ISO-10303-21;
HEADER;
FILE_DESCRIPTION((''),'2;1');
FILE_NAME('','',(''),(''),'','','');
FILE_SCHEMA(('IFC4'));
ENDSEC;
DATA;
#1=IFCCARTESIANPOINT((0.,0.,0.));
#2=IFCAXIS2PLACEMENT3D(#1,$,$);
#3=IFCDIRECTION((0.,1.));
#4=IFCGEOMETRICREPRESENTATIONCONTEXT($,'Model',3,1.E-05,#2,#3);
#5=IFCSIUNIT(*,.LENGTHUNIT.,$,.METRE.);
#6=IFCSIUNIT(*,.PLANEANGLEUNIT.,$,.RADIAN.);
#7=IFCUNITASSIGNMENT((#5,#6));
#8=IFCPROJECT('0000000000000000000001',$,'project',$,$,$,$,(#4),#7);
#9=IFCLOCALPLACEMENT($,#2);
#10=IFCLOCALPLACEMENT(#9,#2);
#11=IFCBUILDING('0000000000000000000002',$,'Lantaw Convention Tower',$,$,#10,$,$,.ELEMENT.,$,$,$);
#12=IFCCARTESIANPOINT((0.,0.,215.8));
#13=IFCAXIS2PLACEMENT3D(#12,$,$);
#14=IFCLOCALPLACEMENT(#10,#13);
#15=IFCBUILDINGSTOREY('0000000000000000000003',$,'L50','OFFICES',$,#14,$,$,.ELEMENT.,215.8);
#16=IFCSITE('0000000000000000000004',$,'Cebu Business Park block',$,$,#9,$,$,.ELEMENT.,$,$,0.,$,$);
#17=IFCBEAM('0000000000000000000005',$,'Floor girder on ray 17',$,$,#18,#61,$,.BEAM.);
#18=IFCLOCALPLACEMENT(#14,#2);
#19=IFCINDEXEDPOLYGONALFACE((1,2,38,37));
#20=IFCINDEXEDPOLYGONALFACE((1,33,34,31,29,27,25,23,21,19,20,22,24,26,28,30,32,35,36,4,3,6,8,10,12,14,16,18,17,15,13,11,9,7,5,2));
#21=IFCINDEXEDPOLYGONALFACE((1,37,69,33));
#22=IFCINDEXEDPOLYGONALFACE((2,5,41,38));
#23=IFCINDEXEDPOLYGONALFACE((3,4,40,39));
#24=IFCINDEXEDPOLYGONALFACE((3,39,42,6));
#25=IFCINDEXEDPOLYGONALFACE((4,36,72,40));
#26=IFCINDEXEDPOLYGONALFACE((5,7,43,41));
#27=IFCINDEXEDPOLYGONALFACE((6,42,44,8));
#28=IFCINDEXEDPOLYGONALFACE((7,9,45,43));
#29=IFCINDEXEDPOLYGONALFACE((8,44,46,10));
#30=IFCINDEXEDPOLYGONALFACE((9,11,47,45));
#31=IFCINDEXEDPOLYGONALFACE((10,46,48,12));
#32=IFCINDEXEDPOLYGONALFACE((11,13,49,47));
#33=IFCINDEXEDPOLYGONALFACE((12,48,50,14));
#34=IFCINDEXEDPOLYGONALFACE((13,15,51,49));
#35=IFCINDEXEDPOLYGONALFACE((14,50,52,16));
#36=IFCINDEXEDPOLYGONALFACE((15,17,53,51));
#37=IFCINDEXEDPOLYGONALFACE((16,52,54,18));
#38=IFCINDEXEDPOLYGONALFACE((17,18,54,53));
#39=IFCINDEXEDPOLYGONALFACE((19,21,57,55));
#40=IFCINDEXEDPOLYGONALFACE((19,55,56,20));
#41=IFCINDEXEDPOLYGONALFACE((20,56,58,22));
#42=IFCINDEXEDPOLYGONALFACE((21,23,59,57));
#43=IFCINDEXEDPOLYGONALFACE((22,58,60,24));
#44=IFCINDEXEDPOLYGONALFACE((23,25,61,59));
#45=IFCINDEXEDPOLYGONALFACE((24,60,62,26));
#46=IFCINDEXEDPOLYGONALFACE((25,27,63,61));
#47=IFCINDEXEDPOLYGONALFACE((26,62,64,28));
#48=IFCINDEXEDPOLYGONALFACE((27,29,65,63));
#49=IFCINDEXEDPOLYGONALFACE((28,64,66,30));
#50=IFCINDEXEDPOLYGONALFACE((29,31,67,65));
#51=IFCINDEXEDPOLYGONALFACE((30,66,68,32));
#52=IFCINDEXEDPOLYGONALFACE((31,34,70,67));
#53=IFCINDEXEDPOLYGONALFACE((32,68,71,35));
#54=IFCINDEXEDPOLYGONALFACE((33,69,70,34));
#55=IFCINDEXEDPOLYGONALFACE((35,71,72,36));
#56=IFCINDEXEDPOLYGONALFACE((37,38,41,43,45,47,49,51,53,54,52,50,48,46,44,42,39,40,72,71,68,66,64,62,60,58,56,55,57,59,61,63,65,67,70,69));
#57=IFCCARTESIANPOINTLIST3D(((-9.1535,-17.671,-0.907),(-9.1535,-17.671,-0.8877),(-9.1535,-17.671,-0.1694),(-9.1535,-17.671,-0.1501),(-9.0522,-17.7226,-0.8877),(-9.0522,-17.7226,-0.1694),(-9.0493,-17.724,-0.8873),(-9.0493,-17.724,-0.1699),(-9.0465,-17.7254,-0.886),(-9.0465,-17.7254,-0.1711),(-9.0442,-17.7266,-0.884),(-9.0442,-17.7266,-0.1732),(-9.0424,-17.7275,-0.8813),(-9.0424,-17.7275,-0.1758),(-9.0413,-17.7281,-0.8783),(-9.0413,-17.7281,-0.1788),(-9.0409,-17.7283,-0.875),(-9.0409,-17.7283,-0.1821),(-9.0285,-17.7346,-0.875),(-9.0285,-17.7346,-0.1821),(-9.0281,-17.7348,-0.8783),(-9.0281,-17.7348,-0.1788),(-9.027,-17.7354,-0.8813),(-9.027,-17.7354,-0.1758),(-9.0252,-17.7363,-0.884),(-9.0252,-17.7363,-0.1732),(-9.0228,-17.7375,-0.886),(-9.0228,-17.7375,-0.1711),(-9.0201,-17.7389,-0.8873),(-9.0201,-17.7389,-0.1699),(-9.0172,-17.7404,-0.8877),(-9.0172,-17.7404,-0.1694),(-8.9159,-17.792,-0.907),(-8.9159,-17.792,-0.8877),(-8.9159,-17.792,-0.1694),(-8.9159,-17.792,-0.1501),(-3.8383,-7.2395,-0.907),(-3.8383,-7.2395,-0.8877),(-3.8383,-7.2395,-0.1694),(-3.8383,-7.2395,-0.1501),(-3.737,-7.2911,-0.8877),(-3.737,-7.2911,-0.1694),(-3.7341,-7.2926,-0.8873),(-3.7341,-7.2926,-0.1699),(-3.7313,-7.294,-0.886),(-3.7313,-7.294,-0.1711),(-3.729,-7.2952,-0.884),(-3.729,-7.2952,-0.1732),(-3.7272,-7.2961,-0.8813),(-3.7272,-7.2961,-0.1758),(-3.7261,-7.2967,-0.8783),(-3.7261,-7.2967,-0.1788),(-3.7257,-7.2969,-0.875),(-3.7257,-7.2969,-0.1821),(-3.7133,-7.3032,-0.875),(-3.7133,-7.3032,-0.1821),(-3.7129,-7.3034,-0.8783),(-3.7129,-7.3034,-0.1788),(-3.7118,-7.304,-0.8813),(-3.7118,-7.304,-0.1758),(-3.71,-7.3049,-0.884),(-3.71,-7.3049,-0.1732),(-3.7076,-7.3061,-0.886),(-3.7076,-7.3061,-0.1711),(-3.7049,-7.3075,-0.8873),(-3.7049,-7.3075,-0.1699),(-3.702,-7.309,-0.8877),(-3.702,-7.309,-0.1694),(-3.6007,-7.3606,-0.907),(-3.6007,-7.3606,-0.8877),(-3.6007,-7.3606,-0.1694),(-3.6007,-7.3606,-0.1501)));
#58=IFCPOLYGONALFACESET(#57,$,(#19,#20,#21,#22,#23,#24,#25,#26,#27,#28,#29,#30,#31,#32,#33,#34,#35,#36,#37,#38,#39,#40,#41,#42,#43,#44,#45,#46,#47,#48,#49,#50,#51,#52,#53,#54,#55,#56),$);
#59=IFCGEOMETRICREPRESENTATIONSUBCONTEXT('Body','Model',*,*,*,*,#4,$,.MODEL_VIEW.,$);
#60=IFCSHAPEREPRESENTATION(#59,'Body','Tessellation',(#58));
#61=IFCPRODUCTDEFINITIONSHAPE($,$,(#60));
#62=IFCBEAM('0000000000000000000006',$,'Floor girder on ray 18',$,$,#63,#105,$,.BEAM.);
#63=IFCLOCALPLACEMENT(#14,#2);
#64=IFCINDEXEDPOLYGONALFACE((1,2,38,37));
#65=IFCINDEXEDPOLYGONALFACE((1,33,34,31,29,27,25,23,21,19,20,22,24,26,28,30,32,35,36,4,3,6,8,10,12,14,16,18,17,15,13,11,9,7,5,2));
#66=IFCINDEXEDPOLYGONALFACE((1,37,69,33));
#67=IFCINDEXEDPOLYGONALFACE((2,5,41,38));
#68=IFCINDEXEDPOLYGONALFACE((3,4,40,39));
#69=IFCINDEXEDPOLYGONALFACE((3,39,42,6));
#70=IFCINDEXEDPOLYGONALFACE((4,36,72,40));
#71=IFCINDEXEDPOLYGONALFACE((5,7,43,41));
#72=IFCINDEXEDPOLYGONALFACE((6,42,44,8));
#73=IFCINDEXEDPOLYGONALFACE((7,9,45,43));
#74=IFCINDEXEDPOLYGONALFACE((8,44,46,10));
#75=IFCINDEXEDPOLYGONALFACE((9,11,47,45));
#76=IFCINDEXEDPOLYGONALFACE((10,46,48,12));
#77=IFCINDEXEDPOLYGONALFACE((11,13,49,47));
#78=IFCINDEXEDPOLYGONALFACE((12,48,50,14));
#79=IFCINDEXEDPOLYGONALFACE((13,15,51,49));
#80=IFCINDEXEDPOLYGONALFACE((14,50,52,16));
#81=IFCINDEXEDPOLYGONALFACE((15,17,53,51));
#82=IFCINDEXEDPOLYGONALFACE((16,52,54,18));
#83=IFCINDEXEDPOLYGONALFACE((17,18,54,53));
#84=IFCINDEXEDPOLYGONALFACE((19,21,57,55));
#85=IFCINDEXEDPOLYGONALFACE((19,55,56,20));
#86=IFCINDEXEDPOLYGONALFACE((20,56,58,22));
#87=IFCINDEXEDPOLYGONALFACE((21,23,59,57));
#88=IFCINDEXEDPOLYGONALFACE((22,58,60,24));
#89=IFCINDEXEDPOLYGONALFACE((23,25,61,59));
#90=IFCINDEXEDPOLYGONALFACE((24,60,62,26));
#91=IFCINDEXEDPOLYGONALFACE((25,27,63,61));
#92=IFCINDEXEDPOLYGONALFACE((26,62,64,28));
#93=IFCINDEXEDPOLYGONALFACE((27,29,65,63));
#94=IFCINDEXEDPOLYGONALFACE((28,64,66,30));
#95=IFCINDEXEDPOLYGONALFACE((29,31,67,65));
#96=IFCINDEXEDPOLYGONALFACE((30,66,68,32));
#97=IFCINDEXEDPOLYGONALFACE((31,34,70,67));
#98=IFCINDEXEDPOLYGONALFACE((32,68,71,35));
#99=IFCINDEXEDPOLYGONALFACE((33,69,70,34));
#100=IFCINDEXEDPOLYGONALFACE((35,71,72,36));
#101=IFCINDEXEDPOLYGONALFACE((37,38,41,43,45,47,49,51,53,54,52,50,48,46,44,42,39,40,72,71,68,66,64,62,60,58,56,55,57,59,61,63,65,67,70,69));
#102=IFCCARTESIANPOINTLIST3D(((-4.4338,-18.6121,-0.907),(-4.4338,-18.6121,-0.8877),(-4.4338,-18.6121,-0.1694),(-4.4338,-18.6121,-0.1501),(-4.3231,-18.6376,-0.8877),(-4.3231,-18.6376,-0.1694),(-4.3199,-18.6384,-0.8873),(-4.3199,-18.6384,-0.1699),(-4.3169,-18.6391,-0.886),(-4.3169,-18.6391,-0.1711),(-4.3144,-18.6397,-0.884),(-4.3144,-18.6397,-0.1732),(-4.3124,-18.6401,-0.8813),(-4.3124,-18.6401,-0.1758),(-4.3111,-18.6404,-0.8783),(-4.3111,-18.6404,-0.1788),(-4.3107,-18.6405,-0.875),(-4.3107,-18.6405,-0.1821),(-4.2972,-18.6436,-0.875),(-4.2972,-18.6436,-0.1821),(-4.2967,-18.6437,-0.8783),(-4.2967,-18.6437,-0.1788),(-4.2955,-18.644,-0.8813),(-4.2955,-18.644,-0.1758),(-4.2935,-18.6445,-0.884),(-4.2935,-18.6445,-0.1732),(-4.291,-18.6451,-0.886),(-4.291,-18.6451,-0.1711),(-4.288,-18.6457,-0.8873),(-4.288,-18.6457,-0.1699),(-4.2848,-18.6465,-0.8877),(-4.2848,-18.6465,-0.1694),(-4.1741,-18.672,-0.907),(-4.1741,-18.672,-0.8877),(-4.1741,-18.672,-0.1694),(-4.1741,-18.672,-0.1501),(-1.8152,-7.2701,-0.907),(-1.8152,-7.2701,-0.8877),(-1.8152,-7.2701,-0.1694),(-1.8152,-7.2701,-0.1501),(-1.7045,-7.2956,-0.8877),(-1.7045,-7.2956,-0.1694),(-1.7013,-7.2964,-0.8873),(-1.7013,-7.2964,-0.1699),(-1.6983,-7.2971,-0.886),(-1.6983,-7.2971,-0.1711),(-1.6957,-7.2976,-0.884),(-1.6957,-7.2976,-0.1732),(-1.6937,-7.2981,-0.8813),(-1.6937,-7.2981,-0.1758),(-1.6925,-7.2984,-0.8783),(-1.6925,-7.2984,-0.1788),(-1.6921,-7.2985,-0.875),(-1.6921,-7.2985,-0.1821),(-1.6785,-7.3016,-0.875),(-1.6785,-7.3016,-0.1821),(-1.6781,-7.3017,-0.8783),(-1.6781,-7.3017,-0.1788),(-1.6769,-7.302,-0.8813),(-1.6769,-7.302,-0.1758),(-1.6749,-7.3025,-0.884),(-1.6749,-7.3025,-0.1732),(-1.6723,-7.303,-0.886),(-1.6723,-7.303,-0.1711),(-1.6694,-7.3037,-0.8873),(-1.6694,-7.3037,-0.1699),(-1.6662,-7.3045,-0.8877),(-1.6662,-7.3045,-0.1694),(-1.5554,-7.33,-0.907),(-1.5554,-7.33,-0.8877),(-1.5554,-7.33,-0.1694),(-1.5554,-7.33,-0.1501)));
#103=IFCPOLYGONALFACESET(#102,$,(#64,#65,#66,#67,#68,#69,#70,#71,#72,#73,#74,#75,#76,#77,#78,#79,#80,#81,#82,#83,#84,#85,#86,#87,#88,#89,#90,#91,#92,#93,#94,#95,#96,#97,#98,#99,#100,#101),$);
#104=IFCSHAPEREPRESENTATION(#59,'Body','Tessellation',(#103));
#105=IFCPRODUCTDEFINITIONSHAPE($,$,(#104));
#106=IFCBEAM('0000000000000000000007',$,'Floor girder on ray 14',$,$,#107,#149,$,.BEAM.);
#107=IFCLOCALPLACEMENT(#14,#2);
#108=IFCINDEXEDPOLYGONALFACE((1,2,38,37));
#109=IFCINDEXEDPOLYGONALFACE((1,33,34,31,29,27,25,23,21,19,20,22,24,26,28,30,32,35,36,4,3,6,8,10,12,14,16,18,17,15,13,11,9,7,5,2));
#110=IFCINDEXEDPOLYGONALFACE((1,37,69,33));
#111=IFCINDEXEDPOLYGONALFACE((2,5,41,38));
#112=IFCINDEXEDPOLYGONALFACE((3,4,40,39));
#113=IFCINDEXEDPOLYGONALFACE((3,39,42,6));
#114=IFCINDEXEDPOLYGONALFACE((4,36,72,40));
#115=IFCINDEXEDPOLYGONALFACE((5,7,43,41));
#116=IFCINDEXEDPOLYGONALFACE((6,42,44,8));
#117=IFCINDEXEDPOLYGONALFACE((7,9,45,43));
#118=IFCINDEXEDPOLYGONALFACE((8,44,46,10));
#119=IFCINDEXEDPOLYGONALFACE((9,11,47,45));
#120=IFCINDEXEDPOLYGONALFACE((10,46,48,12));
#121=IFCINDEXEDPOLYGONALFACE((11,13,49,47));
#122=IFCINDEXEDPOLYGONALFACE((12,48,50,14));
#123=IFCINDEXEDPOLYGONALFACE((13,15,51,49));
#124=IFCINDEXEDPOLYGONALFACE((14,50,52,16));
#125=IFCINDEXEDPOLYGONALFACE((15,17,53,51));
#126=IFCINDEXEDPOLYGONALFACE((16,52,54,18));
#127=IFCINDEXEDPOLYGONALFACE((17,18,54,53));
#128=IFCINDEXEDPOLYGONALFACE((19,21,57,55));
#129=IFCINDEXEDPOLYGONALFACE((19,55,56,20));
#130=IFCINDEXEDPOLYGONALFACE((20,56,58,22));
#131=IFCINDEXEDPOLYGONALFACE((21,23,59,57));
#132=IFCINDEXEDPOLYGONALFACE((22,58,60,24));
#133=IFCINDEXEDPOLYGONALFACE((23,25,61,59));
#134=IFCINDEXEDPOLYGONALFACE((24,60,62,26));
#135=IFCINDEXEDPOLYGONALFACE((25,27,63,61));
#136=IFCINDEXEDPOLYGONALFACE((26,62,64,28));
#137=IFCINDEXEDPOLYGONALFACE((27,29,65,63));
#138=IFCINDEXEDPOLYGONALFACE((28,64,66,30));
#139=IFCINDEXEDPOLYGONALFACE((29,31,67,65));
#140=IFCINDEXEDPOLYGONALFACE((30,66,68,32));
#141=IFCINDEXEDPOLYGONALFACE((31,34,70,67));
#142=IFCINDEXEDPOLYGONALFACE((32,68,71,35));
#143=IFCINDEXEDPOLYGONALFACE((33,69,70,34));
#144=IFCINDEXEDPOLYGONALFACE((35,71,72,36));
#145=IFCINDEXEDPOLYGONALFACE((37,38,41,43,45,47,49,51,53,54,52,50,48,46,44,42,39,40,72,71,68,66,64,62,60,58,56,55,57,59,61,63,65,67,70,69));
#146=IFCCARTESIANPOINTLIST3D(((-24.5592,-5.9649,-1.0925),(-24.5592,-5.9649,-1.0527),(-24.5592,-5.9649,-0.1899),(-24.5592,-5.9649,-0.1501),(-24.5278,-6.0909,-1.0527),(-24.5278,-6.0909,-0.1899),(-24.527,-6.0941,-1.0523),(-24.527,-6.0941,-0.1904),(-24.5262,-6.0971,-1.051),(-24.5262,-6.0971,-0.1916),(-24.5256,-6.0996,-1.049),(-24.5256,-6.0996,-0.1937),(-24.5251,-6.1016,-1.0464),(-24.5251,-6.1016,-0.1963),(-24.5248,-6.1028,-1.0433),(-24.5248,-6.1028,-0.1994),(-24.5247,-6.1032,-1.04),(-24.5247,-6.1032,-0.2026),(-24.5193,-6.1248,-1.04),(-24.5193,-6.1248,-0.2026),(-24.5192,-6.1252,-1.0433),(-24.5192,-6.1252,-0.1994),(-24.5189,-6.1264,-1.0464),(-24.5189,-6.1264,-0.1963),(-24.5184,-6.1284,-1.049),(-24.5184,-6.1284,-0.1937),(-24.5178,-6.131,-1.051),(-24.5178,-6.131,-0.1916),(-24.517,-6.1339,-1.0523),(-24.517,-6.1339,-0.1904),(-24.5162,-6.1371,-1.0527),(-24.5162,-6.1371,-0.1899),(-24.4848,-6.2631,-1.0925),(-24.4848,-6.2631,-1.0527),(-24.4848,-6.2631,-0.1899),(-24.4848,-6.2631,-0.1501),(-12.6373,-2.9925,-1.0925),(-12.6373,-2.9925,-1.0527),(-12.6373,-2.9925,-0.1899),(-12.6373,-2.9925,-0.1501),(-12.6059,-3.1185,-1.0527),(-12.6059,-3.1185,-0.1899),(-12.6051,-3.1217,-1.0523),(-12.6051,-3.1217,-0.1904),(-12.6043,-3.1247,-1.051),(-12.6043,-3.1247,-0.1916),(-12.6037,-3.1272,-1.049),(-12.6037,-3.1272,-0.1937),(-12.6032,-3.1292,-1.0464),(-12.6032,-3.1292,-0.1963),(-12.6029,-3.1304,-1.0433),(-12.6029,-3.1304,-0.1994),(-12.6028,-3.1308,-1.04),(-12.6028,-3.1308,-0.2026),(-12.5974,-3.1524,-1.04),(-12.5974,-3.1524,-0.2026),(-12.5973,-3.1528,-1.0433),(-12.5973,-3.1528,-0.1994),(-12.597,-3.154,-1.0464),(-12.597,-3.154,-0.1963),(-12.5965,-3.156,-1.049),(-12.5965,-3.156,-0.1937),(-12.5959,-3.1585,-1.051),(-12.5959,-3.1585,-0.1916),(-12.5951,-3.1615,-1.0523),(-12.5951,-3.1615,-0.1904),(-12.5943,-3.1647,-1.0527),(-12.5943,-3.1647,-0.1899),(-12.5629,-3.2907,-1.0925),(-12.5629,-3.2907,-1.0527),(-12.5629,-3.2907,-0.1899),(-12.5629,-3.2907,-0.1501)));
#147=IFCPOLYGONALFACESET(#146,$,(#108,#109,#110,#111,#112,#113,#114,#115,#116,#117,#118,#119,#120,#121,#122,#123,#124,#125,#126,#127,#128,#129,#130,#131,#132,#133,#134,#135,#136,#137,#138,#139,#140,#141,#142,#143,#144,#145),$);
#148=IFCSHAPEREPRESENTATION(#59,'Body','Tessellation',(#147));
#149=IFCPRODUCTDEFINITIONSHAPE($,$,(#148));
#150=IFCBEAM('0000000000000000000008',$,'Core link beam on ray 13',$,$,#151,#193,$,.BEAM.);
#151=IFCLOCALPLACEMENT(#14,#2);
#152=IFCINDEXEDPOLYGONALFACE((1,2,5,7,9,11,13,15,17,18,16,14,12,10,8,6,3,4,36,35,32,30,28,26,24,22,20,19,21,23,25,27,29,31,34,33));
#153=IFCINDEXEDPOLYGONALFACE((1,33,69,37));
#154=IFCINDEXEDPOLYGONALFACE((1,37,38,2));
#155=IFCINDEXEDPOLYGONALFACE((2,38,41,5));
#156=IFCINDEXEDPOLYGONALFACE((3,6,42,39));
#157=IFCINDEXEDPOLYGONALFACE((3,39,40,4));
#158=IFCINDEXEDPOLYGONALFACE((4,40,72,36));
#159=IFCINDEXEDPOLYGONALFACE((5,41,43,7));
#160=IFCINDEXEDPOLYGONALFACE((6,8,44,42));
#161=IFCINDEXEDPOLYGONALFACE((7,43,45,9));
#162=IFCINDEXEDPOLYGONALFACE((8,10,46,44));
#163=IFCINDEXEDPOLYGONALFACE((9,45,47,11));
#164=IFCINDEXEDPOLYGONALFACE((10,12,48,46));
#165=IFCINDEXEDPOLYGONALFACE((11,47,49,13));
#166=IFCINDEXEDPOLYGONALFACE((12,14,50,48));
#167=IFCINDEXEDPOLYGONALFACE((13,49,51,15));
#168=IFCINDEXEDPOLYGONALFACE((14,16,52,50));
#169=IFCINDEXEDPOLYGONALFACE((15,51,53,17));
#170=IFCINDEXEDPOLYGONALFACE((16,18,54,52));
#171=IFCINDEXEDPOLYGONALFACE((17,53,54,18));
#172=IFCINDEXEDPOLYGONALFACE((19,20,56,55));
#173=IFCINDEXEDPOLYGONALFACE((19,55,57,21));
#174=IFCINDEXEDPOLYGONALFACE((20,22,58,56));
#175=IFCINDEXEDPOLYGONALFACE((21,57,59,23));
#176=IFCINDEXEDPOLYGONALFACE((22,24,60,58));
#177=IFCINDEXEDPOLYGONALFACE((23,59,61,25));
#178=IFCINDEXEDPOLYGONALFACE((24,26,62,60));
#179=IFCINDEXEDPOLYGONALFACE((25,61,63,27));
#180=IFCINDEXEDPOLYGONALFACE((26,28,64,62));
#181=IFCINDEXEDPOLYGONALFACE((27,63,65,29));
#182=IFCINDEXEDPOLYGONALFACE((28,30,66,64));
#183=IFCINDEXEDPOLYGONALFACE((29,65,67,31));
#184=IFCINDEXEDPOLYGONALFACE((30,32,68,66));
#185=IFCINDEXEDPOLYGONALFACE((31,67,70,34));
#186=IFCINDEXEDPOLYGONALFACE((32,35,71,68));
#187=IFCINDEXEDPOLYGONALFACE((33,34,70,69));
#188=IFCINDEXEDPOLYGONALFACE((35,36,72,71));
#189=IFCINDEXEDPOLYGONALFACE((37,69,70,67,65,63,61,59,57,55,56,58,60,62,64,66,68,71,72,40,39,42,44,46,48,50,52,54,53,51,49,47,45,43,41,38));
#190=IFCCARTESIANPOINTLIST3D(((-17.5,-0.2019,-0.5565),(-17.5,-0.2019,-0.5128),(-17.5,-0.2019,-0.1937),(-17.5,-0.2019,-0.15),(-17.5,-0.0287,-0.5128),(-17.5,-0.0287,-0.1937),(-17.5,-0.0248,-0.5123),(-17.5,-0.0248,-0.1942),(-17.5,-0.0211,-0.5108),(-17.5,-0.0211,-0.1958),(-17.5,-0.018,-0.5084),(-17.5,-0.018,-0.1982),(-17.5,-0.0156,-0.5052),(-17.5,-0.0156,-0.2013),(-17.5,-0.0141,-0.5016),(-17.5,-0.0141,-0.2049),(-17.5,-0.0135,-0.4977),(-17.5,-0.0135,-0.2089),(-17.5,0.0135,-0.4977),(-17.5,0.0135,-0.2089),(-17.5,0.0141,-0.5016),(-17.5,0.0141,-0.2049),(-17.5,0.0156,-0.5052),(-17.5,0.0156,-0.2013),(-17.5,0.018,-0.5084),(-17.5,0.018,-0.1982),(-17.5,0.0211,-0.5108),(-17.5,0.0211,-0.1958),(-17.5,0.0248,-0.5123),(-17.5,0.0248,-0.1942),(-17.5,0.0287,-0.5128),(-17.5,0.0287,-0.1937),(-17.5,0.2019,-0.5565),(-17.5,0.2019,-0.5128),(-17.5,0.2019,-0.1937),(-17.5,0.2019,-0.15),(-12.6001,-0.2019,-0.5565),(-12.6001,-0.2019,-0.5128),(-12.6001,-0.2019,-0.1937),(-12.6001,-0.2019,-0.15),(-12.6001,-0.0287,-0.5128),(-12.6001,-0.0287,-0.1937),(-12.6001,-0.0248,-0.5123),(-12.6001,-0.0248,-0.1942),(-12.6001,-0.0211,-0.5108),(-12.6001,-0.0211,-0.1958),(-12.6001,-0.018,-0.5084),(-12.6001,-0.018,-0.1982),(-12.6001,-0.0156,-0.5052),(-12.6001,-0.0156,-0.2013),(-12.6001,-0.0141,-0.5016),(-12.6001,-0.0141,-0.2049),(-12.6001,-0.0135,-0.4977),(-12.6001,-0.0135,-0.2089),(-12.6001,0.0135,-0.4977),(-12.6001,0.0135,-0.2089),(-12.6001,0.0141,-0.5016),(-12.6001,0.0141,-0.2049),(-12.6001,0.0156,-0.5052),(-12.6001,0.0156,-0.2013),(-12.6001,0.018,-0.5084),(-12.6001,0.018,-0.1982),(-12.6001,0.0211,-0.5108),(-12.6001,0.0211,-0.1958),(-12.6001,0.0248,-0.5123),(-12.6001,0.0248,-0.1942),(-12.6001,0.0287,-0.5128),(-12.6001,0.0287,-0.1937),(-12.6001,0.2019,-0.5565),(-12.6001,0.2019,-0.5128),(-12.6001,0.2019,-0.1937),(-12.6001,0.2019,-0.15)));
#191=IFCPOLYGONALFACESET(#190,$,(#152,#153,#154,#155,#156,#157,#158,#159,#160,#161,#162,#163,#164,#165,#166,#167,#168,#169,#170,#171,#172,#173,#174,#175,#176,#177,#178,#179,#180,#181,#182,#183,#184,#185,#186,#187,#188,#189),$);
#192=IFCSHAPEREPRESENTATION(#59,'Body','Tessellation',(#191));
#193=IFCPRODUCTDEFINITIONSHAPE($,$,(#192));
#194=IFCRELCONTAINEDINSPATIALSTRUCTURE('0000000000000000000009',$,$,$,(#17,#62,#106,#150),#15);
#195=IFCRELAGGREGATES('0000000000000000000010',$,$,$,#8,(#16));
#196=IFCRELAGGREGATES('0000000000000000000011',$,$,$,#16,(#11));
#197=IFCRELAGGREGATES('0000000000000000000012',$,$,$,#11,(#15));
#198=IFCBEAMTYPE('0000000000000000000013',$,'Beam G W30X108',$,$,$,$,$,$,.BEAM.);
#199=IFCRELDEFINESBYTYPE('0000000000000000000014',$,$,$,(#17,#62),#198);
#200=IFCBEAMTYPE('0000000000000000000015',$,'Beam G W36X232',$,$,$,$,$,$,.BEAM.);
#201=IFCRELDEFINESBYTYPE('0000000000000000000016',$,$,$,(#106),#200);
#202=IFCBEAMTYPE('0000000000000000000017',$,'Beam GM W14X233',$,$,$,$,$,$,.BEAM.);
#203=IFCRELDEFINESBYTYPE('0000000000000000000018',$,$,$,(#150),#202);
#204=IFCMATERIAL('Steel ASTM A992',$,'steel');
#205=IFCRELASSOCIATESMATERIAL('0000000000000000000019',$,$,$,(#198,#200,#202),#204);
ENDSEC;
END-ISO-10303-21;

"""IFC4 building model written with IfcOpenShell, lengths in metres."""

from ifc_helpers import new_model, si_unit, direction, frame, origin, origin_2d, place, context, subcontext, project, spatial, i_section, extrude, material, material_profile, profile_set, type_object, element, save


model = new_model("IFC4")

# Units and contexts
model_context = context("Model", 3, precision=1e-05, world=origin(), true_north=direction((0.0, 1.0)))
body_context = subcontext(model_context, "Body", "Model", "MODEL_VIEW")
ifc_project = project(units=[si_unit("LENGTHUNIT", "METRE"), si_unit("PLANEANGLEUNIT", "RADIAN")], contexts=[model_context])

# Site, building, storey
site_placement = place(None, origin())
site = spatial("IfcSite", under=ifc_project, at=site_placement, Name="Cebu Business Park block", CompositionType="ELEMENT", RefElevation=0.0)
building_placement = place(site_placement, origin())
building = spatial("IfcBuilding", under=site, at=building_placement, Name="Lantaw Convention Tower", CompositionType="ELEMENT")
storey_placement = place(building_placement, frame((0.0, 0.0, 215.8)))
storey = spatial("IfcBuildingStorey", under=building, at=storey_placement, Name="L50", Description="OFFICES", CompositionType="ELEMENT", Elevation=215.8)

# Beams
ifc_material_1 = material(Name="Steel ASTM A992", Category="steel")
ifc_material_profile_1 = material_profile(ifc_material_1, i_section(OverallWidth=0.2666, OverallDepth=0.7568, WebThickness=0.0139, FlangeThickness=0.0193, FilletRadius=0.0127, at=origin_2d()), Name="W30X108")
ifc_profile_set_1 = profile_set([ifc_material_profile_1], Name="Steel ASTM A992")
beam_type_1 = type_object("IfcBeamType", Name="Beam G W30X108", PredefinedType="BEAM", material=ifc_profile_set_1)
beam_1_placement = place(storey_placement, frame((-3.7195, -7.3, -0.5286), z_axis=(-0.453999, -0.891002, 0.0), x_axis=(0.891002, -0.453999, 0.0)))
element("IfcBeam", 1, at=beam_1_placement, inside=storey, type_object=beam_type_1, Name="Floor girder on ray 17", PredefinedType="BEAM", context=body_context, shape_type="SweptSolid", body=[
    extrude(i_section(OverallWidth=0.2666, OverallDepth=0.7568, WebThickness=0.0139, FlangeThickness=0.0193, FilletRadius=0.0127, at=origin_2d()), origin(), (0.0, 0.0, 1.0), 11.7075),
])
beam_2_placement = place(storey_placement, frame((-1.6853, -7.3, -0.5286), z_axis=(-0.224962, -0.974368, 0.0), x_axis=(0.974368, -0.224962, 0.0)))
element("IfcBeam", 2, at=beam_2_placement, inside=storey, type_object=beam_type_1, Name="Floor girder on ray 18", PredefinedType="BEAM", context=body_context, shape_type="SweptSolid", body=[
    extrude(i_section(OverallWidth=0.2666, OverallDepth=0.7568, WebThickness=0.0139, FlangeThickness=0.0193, FilletRadius=0.0127, at=origin_2d()), origin(), (0.0, 0.0, 1.0), 11.6404),
])
ifc_material_profile_2 = material_profile(ifc_material_1, i_section(OverallWidth=0.3074, OverallDepth=0.9424, WebThickness=0.0222, FlangeThickness=0.0398, FilletRadius=0.0127, at=origin_2d()), Name="W36X232")
ifc_profile_set_2 = profile_set([ifc_material_profile_2], Name="Steel ASTM A992")
beam_type_2 = type_object("IfcBeamType", Name="Beam G W36X232", PredefinedType="BEAM", material=ifc_profile_set_2)
beam_3_placement = place(storey_placement, frame((-12.6001, -3.1416, -0.6213), z_axis=(-0.970297, -0.241918, 0.0), x_axis=(0.241918, -0.970297, 0.0)))
element("IfcBeam", 3, at=beam_3_placement, inside=storey, type_object=beam_type_2, Name="Floor girder on ray 14", PredefinedType="BEAM", context=body_context, shape_type="SweptSolid", body=[
    extrude(i_section(OverallWidth=0.3074, OverallDepth=0.9424, WebThickness=0.0222, FlangeThickness=0.0398, FilletRadius=0.0127, at=origin_2d()), origin(), (0.0, 0.0, 1.0), 12.2869),
])
ifc_material_profile_3 = material_profile(ifc_material_1, i_section(OverallWidth=0.4038, OverallDepth=0.4065, WebThickness=0.0271, FlangeThickness=0.0437, FilletRadius=0.0151, at=origin_2d()), Name="W14X233")
ifc_profile_set_3 = profile_set([ifc_material_profile_3], Name="Steel ASTM A992")
beam_type_3 = type_object("IfcBeamType", Name="Beam GM W14X233", PredefinedType="BEAM", material=ifc_profile_set_3)
beam_4_placement = place(storey_placement, frame((-12.6001, 0.0, -0.3533), z_axis=(-1.0, 0.0, 0.0), x_axis=(0.0, -1.0, 0.0)))
element("IfcBeam", 4, at=beam_4_placement, inside=storey, type_object=beam_type_3, Name="Core link beam on ray 13", PredefinedType="BEAM", context=body_context, shape_type="SweptSolid", body=[
    extrude(i_section(OverallWidth=0.4038, OverallDepth=0.4065, WebThickness=0.0271, FlangeThickness=0.0437, FilletRadius=0.0151, at=origin_2d()), origin(), (0.0, 0.0, 1.0), 4.8999),
])

save(model, "model.ifc")
